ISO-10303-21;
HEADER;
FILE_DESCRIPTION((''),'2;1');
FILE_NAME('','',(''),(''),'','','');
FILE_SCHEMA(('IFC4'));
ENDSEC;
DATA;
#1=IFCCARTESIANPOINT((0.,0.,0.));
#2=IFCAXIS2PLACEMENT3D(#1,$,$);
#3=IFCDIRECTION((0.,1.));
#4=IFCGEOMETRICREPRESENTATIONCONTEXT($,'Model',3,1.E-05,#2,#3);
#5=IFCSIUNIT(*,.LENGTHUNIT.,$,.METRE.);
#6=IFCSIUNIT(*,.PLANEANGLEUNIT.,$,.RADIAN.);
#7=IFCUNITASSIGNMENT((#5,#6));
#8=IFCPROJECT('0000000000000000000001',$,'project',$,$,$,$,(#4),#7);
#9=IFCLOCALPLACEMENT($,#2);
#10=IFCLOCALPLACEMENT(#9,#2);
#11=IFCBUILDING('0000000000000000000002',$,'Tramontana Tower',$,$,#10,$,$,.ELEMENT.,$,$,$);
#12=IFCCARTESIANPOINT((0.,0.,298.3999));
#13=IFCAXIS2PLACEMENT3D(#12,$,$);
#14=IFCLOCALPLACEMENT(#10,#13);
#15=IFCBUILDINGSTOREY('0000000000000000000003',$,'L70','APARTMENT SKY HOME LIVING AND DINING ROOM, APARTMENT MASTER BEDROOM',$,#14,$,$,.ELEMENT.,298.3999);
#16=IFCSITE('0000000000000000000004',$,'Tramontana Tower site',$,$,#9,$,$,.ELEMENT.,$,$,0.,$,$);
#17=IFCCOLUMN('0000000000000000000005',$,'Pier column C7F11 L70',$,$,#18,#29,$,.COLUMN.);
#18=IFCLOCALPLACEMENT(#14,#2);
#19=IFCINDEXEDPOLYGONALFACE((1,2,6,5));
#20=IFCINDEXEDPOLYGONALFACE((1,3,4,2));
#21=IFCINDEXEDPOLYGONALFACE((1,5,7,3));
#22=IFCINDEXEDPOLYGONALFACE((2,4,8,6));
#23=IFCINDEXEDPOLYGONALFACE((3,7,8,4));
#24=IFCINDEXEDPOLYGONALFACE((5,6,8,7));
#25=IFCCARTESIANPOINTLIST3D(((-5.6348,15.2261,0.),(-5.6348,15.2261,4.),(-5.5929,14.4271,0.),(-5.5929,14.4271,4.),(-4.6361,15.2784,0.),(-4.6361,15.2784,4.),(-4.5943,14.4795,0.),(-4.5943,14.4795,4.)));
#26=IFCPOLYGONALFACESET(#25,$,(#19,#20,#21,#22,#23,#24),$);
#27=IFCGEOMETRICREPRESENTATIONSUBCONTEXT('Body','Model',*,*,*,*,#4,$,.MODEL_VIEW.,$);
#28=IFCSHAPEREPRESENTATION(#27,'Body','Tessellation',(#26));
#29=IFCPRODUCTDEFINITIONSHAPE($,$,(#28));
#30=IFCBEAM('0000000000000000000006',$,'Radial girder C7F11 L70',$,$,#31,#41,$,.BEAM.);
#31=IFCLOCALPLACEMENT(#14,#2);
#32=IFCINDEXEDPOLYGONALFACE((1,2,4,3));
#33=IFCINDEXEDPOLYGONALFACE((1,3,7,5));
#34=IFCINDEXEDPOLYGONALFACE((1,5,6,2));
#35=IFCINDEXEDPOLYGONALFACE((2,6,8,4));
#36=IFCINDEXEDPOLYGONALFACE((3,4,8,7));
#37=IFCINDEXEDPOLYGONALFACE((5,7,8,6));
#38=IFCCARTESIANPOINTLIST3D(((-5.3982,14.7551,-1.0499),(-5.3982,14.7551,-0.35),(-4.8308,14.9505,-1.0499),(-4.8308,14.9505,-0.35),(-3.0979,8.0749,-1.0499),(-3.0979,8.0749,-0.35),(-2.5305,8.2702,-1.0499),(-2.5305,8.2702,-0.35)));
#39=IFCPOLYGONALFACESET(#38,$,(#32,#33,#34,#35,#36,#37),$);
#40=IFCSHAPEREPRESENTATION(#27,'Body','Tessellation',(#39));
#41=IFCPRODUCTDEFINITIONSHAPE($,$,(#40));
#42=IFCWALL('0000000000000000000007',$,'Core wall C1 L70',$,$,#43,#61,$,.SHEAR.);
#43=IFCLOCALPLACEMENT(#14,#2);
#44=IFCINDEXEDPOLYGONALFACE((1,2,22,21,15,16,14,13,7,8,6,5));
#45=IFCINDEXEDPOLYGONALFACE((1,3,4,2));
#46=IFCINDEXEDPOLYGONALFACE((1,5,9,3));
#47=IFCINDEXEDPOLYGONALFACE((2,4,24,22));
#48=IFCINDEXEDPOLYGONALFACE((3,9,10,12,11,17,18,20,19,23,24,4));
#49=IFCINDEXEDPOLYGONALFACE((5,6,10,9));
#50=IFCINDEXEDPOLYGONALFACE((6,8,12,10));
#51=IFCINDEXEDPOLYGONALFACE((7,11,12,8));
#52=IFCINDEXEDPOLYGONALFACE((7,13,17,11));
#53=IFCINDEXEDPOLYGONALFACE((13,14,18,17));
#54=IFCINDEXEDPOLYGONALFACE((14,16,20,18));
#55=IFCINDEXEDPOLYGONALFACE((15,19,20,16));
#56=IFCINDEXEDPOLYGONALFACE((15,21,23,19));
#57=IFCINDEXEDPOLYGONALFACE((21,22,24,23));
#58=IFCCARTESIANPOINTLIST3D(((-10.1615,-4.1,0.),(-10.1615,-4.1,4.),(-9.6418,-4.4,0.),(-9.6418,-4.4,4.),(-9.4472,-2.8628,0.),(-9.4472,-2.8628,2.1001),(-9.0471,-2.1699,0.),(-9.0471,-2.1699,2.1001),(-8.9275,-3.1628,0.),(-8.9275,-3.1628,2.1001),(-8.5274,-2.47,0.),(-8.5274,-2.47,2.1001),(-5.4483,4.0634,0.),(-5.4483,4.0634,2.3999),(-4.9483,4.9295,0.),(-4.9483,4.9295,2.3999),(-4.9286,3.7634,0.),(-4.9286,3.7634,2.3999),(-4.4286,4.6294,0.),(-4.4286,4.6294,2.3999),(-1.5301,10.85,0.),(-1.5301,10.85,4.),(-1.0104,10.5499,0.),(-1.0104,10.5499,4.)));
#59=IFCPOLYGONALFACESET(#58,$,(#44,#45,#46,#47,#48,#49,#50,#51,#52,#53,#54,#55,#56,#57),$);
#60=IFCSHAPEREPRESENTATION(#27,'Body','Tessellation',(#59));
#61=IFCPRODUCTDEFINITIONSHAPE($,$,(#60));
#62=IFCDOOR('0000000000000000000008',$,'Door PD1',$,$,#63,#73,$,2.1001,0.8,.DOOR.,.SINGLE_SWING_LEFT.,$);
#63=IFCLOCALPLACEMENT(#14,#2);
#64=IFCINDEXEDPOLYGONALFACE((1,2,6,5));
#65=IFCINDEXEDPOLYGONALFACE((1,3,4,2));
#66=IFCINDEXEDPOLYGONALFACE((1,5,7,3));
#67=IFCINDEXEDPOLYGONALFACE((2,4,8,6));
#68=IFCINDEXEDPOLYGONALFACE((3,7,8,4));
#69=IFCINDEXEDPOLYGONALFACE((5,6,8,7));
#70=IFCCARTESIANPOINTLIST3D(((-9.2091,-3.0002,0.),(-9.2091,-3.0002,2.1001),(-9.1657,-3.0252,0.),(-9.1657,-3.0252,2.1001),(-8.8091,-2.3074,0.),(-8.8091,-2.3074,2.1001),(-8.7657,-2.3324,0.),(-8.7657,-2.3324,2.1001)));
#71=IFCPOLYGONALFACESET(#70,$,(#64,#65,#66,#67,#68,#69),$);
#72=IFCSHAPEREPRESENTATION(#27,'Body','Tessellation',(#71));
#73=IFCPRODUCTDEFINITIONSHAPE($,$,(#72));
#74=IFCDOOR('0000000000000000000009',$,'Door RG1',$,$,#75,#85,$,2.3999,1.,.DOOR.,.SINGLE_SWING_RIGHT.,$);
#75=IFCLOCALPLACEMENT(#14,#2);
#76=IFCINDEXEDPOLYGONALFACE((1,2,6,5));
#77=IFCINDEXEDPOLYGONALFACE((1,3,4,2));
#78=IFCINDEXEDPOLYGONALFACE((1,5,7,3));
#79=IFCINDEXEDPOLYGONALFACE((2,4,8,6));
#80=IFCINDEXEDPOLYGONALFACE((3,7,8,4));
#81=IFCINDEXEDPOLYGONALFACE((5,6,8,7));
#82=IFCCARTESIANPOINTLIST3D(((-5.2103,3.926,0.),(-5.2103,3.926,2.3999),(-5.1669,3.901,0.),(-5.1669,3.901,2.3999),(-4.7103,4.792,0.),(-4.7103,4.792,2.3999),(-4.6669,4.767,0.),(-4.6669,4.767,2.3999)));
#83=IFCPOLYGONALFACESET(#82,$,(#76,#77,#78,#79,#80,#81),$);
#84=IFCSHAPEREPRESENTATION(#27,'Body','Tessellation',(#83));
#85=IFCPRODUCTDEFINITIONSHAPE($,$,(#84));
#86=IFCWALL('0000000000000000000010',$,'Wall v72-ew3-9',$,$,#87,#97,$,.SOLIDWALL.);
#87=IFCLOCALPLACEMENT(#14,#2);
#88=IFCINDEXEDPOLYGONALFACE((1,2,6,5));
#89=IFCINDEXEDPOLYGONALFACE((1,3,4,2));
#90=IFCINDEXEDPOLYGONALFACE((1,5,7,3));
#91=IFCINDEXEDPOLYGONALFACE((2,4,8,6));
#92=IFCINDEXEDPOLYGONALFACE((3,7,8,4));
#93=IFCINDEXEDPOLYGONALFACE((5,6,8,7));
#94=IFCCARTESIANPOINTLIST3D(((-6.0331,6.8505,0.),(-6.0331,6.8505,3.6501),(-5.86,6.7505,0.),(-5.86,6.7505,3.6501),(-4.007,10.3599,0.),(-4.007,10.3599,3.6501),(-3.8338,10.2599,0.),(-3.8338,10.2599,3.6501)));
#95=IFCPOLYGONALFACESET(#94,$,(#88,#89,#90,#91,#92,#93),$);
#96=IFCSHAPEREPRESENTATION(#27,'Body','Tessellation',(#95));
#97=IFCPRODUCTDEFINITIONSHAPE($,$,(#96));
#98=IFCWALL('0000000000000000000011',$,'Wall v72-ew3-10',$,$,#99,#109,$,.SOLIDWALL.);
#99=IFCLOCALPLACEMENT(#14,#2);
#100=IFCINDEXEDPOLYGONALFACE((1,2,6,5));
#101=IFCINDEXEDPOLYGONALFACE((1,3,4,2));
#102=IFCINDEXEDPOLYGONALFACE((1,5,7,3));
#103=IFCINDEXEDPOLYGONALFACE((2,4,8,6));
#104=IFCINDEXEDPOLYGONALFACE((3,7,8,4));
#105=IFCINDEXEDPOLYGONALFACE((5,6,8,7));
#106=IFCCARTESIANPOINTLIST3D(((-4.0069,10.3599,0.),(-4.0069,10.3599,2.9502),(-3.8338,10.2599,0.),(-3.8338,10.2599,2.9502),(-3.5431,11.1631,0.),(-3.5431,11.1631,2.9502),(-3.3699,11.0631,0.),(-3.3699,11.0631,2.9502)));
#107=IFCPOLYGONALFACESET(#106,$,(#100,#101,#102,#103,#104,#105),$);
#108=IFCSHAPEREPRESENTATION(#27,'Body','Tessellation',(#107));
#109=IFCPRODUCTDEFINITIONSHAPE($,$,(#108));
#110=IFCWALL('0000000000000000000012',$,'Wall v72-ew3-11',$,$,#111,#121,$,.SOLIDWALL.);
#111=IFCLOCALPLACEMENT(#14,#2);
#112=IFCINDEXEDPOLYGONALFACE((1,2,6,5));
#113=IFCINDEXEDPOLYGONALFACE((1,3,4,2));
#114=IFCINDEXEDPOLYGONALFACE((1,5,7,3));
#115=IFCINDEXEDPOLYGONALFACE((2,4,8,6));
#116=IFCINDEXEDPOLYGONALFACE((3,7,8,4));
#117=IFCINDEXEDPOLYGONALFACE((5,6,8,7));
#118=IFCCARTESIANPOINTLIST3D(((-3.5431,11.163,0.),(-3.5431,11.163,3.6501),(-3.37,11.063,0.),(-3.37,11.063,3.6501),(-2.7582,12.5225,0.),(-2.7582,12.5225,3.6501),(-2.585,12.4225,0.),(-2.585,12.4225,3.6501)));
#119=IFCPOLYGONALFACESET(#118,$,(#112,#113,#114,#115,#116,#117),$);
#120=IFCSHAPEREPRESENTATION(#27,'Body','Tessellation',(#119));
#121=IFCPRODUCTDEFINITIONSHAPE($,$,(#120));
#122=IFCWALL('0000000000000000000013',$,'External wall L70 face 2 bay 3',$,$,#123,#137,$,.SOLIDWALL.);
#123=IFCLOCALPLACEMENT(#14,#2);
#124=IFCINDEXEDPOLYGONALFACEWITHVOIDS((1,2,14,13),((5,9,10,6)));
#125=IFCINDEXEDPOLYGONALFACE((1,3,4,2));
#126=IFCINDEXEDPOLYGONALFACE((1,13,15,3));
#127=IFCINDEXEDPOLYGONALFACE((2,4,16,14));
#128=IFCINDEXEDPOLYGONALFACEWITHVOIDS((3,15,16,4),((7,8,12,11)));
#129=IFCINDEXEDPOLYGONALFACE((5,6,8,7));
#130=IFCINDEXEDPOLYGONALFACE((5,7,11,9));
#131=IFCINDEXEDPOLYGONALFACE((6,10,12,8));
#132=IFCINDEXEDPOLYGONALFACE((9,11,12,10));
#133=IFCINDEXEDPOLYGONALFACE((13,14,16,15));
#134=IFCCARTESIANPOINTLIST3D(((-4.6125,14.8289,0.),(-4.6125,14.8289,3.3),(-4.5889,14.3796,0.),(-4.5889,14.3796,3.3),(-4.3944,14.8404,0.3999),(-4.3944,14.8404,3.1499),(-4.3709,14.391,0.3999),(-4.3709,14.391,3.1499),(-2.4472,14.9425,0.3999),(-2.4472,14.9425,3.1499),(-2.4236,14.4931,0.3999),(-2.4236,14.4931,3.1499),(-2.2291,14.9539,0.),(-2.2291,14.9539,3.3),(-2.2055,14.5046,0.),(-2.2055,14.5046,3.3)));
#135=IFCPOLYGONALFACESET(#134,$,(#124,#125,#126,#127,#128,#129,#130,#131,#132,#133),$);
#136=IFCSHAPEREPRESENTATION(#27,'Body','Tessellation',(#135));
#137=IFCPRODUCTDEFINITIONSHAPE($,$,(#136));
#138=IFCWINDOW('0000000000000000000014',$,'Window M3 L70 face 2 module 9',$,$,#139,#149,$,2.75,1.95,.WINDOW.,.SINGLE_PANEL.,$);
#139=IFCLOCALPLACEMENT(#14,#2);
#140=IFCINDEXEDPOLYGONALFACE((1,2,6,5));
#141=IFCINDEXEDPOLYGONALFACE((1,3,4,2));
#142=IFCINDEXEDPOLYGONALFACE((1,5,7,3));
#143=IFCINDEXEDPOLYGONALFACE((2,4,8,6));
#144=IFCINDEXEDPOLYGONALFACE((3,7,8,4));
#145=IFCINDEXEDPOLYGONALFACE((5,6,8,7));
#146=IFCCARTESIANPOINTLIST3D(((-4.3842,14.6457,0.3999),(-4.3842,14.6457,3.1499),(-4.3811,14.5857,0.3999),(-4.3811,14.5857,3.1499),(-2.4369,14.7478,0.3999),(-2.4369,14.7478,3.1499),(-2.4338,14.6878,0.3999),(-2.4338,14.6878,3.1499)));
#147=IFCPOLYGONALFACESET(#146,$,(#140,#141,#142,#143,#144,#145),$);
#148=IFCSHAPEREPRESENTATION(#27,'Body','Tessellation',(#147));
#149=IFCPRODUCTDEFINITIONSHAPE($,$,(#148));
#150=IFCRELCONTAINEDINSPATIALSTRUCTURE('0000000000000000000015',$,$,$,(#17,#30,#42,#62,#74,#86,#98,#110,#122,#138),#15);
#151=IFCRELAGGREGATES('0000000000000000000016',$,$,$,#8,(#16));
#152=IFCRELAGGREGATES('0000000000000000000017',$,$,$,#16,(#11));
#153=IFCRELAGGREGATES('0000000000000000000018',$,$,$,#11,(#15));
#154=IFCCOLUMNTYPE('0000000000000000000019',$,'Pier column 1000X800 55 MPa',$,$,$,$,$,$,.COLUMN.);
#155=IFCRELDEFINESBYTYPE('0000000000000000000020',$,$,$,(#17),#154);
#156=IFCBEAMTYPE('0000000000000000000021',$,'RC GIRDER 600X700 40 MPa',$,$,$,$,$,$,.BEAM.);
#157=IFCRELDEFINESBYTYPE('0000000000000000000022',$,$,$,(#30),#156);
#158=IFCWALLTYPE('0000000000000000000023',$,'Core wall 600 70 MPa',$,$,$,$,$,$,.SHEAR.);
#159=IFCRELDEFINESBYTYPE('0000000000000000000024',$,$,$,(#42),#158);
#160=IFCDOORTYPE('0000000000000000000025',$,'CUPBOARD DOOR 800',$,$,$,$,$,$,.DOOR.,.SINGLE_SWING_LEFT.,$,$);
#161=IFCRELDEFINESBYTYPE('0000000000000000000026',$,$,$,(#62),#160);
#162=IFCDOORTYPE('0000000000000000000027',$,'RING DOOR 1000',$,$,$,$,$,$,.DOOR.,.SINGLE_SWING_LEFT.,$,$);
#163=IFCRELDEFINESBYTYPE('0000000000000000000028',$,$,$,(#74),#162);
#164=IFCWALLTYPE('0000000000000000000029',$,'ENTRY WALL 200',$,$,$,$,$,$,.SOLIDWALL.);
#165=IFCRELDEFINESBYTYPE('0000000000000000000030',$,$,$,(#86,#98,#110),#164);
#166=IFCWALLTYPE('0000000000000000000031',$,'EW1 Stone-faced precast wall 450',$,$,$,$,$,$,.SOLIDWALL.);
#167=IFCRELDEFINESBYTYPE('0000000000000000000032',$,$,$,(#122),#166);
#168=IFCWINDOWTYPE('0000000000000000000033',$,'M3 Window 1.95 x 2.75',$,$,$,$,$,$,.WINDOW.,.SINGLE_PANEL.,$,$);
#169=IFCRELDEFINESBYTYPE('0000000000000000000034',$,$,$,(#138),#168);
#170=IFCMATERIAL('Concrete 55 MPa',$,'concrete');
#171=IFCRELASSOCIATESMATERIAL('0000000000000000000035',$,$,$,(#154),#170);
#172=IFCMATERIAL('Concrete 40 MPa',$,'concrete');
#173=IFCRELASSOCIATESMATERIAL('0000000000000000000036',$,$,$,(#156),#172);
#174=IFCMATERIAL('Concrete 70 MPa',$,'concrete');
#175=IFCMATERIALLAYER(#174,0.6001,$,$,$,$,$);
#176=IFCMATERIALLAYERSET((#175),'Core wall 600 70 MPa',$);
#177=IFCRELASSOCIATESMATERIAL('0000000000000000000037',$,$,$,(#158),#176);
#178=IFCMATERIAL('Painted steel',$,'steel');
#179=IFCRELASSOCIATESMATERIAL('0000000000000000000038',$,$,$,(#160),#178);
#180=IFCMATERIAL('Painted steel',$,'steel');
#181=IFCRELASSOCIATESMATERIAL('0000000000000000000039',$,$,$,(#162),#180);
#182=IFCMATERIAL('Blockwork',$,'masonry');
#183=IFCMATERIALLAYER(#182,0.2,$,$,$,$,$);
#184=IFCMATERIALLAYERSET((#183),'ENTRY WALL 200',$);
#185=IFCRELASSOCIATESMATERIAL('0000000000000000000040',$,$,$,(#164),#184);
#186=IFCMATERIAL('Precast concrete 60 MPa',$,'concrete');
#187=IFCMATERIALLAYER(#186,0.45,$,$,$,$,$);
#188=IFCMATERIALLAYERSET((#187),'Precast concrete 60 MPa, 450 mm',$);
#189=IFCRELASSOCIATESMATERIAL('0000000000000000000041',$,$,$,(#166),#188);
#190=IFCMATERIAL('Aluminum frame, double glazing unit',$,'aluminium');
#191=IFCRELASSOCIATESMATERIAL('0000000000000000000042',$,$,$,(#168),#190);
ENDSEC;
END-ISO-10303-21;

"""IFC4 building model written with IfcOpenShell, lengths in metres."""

from ifc_helpers import new_model, si_unit, direction, frame, frame_2d, origin, origin_2d, place, context, subcontext, project, spatial, rectangle, extrude, material, layer, layer_set, material_profile, profile_set, type_object, element, fill, save


model = new_model("IFC4")

# Units and contexts
model_context = context("Model", 3, precision=1e-05, world=origin(), true_north=direction((0.0, 1.0)))
body_context = subcontext(model_context, "Body", "Model", "MODEL_VIEW")
ifc_project = project(units=[si_unit("LENGTHUNIT", "METRE"), si_unit("PLANEANGLEUNIT", "RADIAN")], contexts=[model_context])

# Site, building, storey
site_placement = place(None, origin())
site = spatial("IfcSite", under=ifc_project, at=site_placement, Name="Tramontana Tower site", CompositionType="ELEMENT", RefElevation=0.0)
building_placement = place(site_placement, origin())
building = spatial("IfcBuilding", under=site, at=building_placement, Name="Tramontana Tower", CompositionType="ELEMENT")
storey_placement = place(building_placement, frame((0.0, 0.0, 298.3999)))
storey = spatial("IfcBuildingStorey", under=building, at=storey_placement, Name="L70", Description="APARTMENT SKY HOME LIVING AND DINING ROOM, APARTMENT MASTER BEDROOM", CompositionType="ELEMENT", Elevation=298.3999)

# Column
ifc_material_1 = material(Name="Concrete 55 MPa", Category="concrete")
ifc_material_profile_1 = material_profile(ifc_material_1, rectangle(XDim=1.0, YDim=0.8, at=origin_2d()), Name="Pier column 1000X800 55 MPa")
ifc_profile_set_1 = profile_set([ifc_material_profile_1], Name="Concrete 55 MPa")
column_type = type_object("IfcColumnType", Name="Pier column 1000X800 55 MPa", PredefinedType="COLUMN", material=ifc_profile_set_1)
column_placement = place(storey_placement, frame((-5.1145, 14.8528, 0.0), z_axis=(0.0, 0.0, 1.0), x_axis=(-0.99863, -0.052336, 0.0)))
element("IfcColumn", 1, at=column_placement, inside=storey, type_object=column_type, Name="Pier column C7F11 L70", PredefinedType="COLUMN", context=body_context, shape_type="SweptSolid", body=[
    extrude(rectangle(XDim=1.0, YDim=0.8, at=origin_2d()), origin(), (0.0, 0.0, 1.0), 4.0),
])

# Beam
ifc_material_2 = material(Name="Concrete 40 MPa", Category="concrete")
ifc_material_profile_2 = material_profile(ifc_material_2, rectangle(XDim=0.6001, YDim=0.7, at=origin_2d()), Name="RC GIRDER 600X700 40 MPa")
ifc_profile_set_2 = profile_set([ifc_material_profile_2], Name="Concrete 40 MPa")
beam_type = type_object("IfcBeamType", Name="RC GIRDER 600X700 40 MPa", PredefinedType="BEAM", material=ifc_profile_set_2)
beam_placement = place(storey_placement, frame((-5.1145, 14.8528, -0.7), z_axis=(0.325584, -0.945513, 0.0), x_axis=(0.945513, 0.325584, 0.0)))
element("IfcBeam", 2, at=beam_placement, inside=storey, type_object=beam_type, Name="Radial girder C7F11 L70", PredefinedType="BEAM", context=body_context, shape_type="SweptSolid", body=[
    extrude(rectangle(XDim=0.6001, YDim=0.7, at=origin_2d()), origin(), (0.0, 0.0, 1.0), 7.0652),
])

# Wall, openings, doors
ifc_material_3 = material(Name="Concrete 70 MPa", Category="concrete")
ifc_layer_1 = layer(ifc_material_3, 0.6001)
ifc_layer_set_1 = layer_set([ifc_layer_1], Name="Core wall 600 70 MPa")
wall_type_1 = type_object("IfcWallType", Name="Core wall 600 70 MPa", PredefinedType="SHEAR", material=ifc_layer_set_1)
wall_1_placement = place(storey_placement, frame((-1.2703, 10.7, 0.0), z_axis=(0.0, 0.0, 1.0), x_axis=(-0.5, -0.866026, 0.0)))
wall_1 = element("IfcWall", 3, at=wall_1_placement, inside=storey, type_object=wall_type_1, Name="Core wall C1 L70", PredefinedType="SHEAR", context=body_context, shape_type="SweptSolid", body=[
    extrude(rectangle(XDim=17.2627, YDim=0.6001, at=frame_2d((8.6313, 0.0))), origin(), (0.0, 0.0, 1.0), 4.0),
])
opening_1_placement = place(wall_1_placement, frame((6.8364, 0.0, 0.0)))
opening_1 = element("IfcOpeningElement", 4, at=opening_1_placement, cuts=wall_1, PredefinedType="OPENING", context=body_context, shape_type="SweptSolid", body=[
    extrude(rectangle(XDim=1.0, YDim=2.3999, at=frame_2d((0.5, 1.2))), frame((0.0, 0.3101, 0.0), z_axis=(0.0, -1.0, 0.0), x_axis=(1.0, 0.0, 0.0)), (0.0, 0.0, 1.0), 0.6201),
])
opening_2_placement = place(wall_1_placement, frame((15.0342, 0.0, 0.0)))
opening_2 = element("IfcOpeningElement", 5, at=opening_2_placement, cuts=wall_1, PredefinedType="OPENING", context=body_context, shape_type="SweptSolid", body=[
    extrude(rectangle(XDim=0.8, YDim=2.1001, at=frame_2d((0.3999, 1.05))), frame((0.0, 0.3101, 0.0), z_axis=(0.0, -1.0, 0.0), x_axis=(1.0, 0.0, 0.0)), (0.0, 0.0, 1.0), 0.6201),
])
ifc_material_4 = material(Name="Painted steel", Category="steel")
door_type_1 = type_object("IfcDoorType", Name="CUPBOARD DOOR 800", OperationType="SINGLE_SWING_LEFT", PredefinedType="DOOR", material=ifc_material_4)
door_1_placement = place(opening_2_placement, origin())
door_1 = element("IfcDoor", 6, at=door_1_placement, inside=storey, type_object=door_type_1, Name="Door PD1", OperationType="SINGLE_SWING_LEFT", OverallHeight=2.1001, OverallWidth=0.8, PredefinedType="DOOR", context=body_context, shape_type="SweptSolid", body=[
    extrude(rectangle(XDim=0.8, YDim=2.1001, at=frame_2d((0.3999, 1.05))), frame((0.0, 0.0249, 0.0), z_axis=(0.0, -1.0, 0.0), x_axis=(1.0, 0.0, 0.0)), (0.0, 0.0, 1.0), 0.05),
])
fill(opening_2, door_1)
ifc_material_5 = material(Name="Painted steel", Category="steel")
door_type_2 = type_object("IfcDoorType", Name="RING DOOR 1000", OperationType="SINGLE_SWING_LEFT", PredefinedType="DOOR", material=ifc_material_5)
door_2_placement = place(opening_1_placement, origin())
door_2 = element("IfcDoor", 7, at=door_2_placement, inside=storey, type_object=door_type_2, Name="Door RG1", OperationType="SINGLE_SWING_RIGHT", OverallHeight=2.3999, OverallWidth=1.0, PredefinedType="DOOR", context=body_context, shape_type="SweptSolid", body=[
    extrude(rectangle(XDim=1.0, YDim=2.3999, at=frame_2d((0.5, 1.2))), frame((0.0, 0.0249, 0.0), z_axis=(0.0, -1.0, 0.0), x_axis=(1.0, 0.0, 0.0)), (0.0, 0.0, 1.0), 0.05),
])
fill(opening_1, door_2)

# Walls
ifc_material_6 = material(Name="Blockwork", Category="masonry")
ifc_layer_2 = layer(ifc_material_6, 0.2)
ifc_layer_set_2 = layer_set([ifc_layer_2], Name="ENTRY WALL 200")
wall_type_2 = type_object("IfcWallType", Name="ENTRY WALL 200", PredefinedType="SOLIDWALL", material=ifc_layer_set_2)
wall_2_placement = place(storey_placement, frame((-5.9465, 6.8005, 0.0), z_axis=(0.0, 0.0, 1.0), x_axis=(0.500008, 0.866021, 0.0)))
element("IfcWall", 8, at=wall_2_placement, inside=storey, type_object=wall_type_2, Name="Wall v72-ew3-9", PredefinedType="SOLIDWALL", context=body_context, shape_type="SweptSolid", body=[
    extrude(rectangle(XDim=4.0522, YDim=0.2, at=frame_2d((2.0261, 0.0))), origin(), (0.0, 0.0, 1.0), 3.6501),
])
wall_3_placement = place(storey_placement, frame((-3.9204, 10.3098, 0.0), z_axis=(0.0, 0.0, 1.0), x_axis=(0.500102, 0.865966, 0.0)))
element("IfcWall", 9, at=wall_3_placement, inside=storey, type_object=wall_type_2, Name="Wall v72-ew3-10", PredefinedType="SOLIDWALL", context=body_context, shape_type="SweptSolid", body=[
    extrude(rectangle(XDim=0.9275, YDim=0.2, at=frame_2d((0.4639, 0.0))), origin(), (0.0, 0.0, 1.0), 2.9502),
])
wall_4_placement = place(storey_placement, frame((-3.4565, 11.113, 0.0), z_axis=(0.0, 0.0, 1.0), x_axis=(0.500037, 0.866004, 0.0)))
element("IfcWall", 10, at=wall_4_placement, inside=storey, type_object=wall_type_2, Name="Wall v72-ew3-11", PredefinedType="SOLIDWALL", context=body_context, shape_type="SweptSolid", body=[
    extrude(rectangle(XDim=1.5698, YDim=0.2, at=frame_2d((0.7849, 0.0))), origin(), (0.0, 0.0, 1.0), 3.6501),
])

# Wall, opening, window
ifc_material_7 = material(Name="Precast concrete 60 MPa", Category="concrete")
ifc_layer_3 = layer(ifc_material_7, 0.45)
ifc_layer_set_3 = layer_set([ifc_layer_3], Name="Precast concrete 60 MPa, 450 mm")
wall_type_3 = type_object("IfcWallType", Name="EW1 Stone-faced precast wall 450", PredefinedType="SOLIDWALL", material=ifc_layer_set_3)
wall_5_placement = place(storey_placement, frame((-2.2173, 14.7292, 0.0), z_axis=(0.0, 0.0, 1.0), x_axis=(-0.998628, -0.052371, 0.0)))
wall_5 = element("IfcWall", 11, at=wall_5_placement, inside=storey, type_object=wall_type_3, Name="External wall L70 face 2 bay 3", PredefinedType="SOLIDWALL", context=body_context, shape_type="SweptSolid", body=[
    extrude(rectangle(XDim=2.3867, YDim=0.45, at=frame_2d((1.1934, 0.0))), origin(), (0.0, 0.0, 1.0), 3.3),
])
opening_3_placement = place(wall_5_placement, frame((0.2183, 0.0, 0.3999)))
opening_3 = element("IfcOpeningElement", 12, at=opening_3_placement, cuts=wall_5, PredefinedType="OPENING", context=body_context, shape_type="SweptSolid", body=[
    extrude(rectangle(XDim=1.95, YDim=2.75, at=frame_2d((0.9751, 1.375))), frame((0.0, 0.2349, 0.0), z_axis=(0.0, -1.0, 0.0), x_axis=(1.0, 0.0, 0.0)), (0.0, 0.0, 1.0), 0.47),
])
ifc_material_8 = material(Name="Aluminum frame, double glazing unit", Category="aluminium")
window_type_1 = type_object("IfcWindowType", Name="M3 Window 1.95 x 2.75", PartitioningType="SINGLE_PANEL", PredefinedType="WINDOW", material=ifc_material_8)
window_1_placement = place(opening_3_placement, origin())
window_1 = element("IfcWindow", 13, at=window_1_placement, inside=storey, type_object=window_type_1, Name="Window M3 L70 face 2 module 9", OverallHeight=2.75, OverallWidth=1.95, PartitioningType="SINGLE_PANEL", PredefinedType="WINDOW", context=body_context, shape_type="SweptSolid", body=[
    extrude(rectangle(XDim=1.95, YDim=2.75, at=frame_2d((0.9751, 1.375))), frame((0.0, 0.03, 0.0), z_axis=(0.0, -1.0, 0.0), x_axis=(1.0, 0.0, 0.0)), (0.0, 0.0, 1.0), 0.0601),
])
fill(opening_3, window_1)

save(model, "model.ifc")
